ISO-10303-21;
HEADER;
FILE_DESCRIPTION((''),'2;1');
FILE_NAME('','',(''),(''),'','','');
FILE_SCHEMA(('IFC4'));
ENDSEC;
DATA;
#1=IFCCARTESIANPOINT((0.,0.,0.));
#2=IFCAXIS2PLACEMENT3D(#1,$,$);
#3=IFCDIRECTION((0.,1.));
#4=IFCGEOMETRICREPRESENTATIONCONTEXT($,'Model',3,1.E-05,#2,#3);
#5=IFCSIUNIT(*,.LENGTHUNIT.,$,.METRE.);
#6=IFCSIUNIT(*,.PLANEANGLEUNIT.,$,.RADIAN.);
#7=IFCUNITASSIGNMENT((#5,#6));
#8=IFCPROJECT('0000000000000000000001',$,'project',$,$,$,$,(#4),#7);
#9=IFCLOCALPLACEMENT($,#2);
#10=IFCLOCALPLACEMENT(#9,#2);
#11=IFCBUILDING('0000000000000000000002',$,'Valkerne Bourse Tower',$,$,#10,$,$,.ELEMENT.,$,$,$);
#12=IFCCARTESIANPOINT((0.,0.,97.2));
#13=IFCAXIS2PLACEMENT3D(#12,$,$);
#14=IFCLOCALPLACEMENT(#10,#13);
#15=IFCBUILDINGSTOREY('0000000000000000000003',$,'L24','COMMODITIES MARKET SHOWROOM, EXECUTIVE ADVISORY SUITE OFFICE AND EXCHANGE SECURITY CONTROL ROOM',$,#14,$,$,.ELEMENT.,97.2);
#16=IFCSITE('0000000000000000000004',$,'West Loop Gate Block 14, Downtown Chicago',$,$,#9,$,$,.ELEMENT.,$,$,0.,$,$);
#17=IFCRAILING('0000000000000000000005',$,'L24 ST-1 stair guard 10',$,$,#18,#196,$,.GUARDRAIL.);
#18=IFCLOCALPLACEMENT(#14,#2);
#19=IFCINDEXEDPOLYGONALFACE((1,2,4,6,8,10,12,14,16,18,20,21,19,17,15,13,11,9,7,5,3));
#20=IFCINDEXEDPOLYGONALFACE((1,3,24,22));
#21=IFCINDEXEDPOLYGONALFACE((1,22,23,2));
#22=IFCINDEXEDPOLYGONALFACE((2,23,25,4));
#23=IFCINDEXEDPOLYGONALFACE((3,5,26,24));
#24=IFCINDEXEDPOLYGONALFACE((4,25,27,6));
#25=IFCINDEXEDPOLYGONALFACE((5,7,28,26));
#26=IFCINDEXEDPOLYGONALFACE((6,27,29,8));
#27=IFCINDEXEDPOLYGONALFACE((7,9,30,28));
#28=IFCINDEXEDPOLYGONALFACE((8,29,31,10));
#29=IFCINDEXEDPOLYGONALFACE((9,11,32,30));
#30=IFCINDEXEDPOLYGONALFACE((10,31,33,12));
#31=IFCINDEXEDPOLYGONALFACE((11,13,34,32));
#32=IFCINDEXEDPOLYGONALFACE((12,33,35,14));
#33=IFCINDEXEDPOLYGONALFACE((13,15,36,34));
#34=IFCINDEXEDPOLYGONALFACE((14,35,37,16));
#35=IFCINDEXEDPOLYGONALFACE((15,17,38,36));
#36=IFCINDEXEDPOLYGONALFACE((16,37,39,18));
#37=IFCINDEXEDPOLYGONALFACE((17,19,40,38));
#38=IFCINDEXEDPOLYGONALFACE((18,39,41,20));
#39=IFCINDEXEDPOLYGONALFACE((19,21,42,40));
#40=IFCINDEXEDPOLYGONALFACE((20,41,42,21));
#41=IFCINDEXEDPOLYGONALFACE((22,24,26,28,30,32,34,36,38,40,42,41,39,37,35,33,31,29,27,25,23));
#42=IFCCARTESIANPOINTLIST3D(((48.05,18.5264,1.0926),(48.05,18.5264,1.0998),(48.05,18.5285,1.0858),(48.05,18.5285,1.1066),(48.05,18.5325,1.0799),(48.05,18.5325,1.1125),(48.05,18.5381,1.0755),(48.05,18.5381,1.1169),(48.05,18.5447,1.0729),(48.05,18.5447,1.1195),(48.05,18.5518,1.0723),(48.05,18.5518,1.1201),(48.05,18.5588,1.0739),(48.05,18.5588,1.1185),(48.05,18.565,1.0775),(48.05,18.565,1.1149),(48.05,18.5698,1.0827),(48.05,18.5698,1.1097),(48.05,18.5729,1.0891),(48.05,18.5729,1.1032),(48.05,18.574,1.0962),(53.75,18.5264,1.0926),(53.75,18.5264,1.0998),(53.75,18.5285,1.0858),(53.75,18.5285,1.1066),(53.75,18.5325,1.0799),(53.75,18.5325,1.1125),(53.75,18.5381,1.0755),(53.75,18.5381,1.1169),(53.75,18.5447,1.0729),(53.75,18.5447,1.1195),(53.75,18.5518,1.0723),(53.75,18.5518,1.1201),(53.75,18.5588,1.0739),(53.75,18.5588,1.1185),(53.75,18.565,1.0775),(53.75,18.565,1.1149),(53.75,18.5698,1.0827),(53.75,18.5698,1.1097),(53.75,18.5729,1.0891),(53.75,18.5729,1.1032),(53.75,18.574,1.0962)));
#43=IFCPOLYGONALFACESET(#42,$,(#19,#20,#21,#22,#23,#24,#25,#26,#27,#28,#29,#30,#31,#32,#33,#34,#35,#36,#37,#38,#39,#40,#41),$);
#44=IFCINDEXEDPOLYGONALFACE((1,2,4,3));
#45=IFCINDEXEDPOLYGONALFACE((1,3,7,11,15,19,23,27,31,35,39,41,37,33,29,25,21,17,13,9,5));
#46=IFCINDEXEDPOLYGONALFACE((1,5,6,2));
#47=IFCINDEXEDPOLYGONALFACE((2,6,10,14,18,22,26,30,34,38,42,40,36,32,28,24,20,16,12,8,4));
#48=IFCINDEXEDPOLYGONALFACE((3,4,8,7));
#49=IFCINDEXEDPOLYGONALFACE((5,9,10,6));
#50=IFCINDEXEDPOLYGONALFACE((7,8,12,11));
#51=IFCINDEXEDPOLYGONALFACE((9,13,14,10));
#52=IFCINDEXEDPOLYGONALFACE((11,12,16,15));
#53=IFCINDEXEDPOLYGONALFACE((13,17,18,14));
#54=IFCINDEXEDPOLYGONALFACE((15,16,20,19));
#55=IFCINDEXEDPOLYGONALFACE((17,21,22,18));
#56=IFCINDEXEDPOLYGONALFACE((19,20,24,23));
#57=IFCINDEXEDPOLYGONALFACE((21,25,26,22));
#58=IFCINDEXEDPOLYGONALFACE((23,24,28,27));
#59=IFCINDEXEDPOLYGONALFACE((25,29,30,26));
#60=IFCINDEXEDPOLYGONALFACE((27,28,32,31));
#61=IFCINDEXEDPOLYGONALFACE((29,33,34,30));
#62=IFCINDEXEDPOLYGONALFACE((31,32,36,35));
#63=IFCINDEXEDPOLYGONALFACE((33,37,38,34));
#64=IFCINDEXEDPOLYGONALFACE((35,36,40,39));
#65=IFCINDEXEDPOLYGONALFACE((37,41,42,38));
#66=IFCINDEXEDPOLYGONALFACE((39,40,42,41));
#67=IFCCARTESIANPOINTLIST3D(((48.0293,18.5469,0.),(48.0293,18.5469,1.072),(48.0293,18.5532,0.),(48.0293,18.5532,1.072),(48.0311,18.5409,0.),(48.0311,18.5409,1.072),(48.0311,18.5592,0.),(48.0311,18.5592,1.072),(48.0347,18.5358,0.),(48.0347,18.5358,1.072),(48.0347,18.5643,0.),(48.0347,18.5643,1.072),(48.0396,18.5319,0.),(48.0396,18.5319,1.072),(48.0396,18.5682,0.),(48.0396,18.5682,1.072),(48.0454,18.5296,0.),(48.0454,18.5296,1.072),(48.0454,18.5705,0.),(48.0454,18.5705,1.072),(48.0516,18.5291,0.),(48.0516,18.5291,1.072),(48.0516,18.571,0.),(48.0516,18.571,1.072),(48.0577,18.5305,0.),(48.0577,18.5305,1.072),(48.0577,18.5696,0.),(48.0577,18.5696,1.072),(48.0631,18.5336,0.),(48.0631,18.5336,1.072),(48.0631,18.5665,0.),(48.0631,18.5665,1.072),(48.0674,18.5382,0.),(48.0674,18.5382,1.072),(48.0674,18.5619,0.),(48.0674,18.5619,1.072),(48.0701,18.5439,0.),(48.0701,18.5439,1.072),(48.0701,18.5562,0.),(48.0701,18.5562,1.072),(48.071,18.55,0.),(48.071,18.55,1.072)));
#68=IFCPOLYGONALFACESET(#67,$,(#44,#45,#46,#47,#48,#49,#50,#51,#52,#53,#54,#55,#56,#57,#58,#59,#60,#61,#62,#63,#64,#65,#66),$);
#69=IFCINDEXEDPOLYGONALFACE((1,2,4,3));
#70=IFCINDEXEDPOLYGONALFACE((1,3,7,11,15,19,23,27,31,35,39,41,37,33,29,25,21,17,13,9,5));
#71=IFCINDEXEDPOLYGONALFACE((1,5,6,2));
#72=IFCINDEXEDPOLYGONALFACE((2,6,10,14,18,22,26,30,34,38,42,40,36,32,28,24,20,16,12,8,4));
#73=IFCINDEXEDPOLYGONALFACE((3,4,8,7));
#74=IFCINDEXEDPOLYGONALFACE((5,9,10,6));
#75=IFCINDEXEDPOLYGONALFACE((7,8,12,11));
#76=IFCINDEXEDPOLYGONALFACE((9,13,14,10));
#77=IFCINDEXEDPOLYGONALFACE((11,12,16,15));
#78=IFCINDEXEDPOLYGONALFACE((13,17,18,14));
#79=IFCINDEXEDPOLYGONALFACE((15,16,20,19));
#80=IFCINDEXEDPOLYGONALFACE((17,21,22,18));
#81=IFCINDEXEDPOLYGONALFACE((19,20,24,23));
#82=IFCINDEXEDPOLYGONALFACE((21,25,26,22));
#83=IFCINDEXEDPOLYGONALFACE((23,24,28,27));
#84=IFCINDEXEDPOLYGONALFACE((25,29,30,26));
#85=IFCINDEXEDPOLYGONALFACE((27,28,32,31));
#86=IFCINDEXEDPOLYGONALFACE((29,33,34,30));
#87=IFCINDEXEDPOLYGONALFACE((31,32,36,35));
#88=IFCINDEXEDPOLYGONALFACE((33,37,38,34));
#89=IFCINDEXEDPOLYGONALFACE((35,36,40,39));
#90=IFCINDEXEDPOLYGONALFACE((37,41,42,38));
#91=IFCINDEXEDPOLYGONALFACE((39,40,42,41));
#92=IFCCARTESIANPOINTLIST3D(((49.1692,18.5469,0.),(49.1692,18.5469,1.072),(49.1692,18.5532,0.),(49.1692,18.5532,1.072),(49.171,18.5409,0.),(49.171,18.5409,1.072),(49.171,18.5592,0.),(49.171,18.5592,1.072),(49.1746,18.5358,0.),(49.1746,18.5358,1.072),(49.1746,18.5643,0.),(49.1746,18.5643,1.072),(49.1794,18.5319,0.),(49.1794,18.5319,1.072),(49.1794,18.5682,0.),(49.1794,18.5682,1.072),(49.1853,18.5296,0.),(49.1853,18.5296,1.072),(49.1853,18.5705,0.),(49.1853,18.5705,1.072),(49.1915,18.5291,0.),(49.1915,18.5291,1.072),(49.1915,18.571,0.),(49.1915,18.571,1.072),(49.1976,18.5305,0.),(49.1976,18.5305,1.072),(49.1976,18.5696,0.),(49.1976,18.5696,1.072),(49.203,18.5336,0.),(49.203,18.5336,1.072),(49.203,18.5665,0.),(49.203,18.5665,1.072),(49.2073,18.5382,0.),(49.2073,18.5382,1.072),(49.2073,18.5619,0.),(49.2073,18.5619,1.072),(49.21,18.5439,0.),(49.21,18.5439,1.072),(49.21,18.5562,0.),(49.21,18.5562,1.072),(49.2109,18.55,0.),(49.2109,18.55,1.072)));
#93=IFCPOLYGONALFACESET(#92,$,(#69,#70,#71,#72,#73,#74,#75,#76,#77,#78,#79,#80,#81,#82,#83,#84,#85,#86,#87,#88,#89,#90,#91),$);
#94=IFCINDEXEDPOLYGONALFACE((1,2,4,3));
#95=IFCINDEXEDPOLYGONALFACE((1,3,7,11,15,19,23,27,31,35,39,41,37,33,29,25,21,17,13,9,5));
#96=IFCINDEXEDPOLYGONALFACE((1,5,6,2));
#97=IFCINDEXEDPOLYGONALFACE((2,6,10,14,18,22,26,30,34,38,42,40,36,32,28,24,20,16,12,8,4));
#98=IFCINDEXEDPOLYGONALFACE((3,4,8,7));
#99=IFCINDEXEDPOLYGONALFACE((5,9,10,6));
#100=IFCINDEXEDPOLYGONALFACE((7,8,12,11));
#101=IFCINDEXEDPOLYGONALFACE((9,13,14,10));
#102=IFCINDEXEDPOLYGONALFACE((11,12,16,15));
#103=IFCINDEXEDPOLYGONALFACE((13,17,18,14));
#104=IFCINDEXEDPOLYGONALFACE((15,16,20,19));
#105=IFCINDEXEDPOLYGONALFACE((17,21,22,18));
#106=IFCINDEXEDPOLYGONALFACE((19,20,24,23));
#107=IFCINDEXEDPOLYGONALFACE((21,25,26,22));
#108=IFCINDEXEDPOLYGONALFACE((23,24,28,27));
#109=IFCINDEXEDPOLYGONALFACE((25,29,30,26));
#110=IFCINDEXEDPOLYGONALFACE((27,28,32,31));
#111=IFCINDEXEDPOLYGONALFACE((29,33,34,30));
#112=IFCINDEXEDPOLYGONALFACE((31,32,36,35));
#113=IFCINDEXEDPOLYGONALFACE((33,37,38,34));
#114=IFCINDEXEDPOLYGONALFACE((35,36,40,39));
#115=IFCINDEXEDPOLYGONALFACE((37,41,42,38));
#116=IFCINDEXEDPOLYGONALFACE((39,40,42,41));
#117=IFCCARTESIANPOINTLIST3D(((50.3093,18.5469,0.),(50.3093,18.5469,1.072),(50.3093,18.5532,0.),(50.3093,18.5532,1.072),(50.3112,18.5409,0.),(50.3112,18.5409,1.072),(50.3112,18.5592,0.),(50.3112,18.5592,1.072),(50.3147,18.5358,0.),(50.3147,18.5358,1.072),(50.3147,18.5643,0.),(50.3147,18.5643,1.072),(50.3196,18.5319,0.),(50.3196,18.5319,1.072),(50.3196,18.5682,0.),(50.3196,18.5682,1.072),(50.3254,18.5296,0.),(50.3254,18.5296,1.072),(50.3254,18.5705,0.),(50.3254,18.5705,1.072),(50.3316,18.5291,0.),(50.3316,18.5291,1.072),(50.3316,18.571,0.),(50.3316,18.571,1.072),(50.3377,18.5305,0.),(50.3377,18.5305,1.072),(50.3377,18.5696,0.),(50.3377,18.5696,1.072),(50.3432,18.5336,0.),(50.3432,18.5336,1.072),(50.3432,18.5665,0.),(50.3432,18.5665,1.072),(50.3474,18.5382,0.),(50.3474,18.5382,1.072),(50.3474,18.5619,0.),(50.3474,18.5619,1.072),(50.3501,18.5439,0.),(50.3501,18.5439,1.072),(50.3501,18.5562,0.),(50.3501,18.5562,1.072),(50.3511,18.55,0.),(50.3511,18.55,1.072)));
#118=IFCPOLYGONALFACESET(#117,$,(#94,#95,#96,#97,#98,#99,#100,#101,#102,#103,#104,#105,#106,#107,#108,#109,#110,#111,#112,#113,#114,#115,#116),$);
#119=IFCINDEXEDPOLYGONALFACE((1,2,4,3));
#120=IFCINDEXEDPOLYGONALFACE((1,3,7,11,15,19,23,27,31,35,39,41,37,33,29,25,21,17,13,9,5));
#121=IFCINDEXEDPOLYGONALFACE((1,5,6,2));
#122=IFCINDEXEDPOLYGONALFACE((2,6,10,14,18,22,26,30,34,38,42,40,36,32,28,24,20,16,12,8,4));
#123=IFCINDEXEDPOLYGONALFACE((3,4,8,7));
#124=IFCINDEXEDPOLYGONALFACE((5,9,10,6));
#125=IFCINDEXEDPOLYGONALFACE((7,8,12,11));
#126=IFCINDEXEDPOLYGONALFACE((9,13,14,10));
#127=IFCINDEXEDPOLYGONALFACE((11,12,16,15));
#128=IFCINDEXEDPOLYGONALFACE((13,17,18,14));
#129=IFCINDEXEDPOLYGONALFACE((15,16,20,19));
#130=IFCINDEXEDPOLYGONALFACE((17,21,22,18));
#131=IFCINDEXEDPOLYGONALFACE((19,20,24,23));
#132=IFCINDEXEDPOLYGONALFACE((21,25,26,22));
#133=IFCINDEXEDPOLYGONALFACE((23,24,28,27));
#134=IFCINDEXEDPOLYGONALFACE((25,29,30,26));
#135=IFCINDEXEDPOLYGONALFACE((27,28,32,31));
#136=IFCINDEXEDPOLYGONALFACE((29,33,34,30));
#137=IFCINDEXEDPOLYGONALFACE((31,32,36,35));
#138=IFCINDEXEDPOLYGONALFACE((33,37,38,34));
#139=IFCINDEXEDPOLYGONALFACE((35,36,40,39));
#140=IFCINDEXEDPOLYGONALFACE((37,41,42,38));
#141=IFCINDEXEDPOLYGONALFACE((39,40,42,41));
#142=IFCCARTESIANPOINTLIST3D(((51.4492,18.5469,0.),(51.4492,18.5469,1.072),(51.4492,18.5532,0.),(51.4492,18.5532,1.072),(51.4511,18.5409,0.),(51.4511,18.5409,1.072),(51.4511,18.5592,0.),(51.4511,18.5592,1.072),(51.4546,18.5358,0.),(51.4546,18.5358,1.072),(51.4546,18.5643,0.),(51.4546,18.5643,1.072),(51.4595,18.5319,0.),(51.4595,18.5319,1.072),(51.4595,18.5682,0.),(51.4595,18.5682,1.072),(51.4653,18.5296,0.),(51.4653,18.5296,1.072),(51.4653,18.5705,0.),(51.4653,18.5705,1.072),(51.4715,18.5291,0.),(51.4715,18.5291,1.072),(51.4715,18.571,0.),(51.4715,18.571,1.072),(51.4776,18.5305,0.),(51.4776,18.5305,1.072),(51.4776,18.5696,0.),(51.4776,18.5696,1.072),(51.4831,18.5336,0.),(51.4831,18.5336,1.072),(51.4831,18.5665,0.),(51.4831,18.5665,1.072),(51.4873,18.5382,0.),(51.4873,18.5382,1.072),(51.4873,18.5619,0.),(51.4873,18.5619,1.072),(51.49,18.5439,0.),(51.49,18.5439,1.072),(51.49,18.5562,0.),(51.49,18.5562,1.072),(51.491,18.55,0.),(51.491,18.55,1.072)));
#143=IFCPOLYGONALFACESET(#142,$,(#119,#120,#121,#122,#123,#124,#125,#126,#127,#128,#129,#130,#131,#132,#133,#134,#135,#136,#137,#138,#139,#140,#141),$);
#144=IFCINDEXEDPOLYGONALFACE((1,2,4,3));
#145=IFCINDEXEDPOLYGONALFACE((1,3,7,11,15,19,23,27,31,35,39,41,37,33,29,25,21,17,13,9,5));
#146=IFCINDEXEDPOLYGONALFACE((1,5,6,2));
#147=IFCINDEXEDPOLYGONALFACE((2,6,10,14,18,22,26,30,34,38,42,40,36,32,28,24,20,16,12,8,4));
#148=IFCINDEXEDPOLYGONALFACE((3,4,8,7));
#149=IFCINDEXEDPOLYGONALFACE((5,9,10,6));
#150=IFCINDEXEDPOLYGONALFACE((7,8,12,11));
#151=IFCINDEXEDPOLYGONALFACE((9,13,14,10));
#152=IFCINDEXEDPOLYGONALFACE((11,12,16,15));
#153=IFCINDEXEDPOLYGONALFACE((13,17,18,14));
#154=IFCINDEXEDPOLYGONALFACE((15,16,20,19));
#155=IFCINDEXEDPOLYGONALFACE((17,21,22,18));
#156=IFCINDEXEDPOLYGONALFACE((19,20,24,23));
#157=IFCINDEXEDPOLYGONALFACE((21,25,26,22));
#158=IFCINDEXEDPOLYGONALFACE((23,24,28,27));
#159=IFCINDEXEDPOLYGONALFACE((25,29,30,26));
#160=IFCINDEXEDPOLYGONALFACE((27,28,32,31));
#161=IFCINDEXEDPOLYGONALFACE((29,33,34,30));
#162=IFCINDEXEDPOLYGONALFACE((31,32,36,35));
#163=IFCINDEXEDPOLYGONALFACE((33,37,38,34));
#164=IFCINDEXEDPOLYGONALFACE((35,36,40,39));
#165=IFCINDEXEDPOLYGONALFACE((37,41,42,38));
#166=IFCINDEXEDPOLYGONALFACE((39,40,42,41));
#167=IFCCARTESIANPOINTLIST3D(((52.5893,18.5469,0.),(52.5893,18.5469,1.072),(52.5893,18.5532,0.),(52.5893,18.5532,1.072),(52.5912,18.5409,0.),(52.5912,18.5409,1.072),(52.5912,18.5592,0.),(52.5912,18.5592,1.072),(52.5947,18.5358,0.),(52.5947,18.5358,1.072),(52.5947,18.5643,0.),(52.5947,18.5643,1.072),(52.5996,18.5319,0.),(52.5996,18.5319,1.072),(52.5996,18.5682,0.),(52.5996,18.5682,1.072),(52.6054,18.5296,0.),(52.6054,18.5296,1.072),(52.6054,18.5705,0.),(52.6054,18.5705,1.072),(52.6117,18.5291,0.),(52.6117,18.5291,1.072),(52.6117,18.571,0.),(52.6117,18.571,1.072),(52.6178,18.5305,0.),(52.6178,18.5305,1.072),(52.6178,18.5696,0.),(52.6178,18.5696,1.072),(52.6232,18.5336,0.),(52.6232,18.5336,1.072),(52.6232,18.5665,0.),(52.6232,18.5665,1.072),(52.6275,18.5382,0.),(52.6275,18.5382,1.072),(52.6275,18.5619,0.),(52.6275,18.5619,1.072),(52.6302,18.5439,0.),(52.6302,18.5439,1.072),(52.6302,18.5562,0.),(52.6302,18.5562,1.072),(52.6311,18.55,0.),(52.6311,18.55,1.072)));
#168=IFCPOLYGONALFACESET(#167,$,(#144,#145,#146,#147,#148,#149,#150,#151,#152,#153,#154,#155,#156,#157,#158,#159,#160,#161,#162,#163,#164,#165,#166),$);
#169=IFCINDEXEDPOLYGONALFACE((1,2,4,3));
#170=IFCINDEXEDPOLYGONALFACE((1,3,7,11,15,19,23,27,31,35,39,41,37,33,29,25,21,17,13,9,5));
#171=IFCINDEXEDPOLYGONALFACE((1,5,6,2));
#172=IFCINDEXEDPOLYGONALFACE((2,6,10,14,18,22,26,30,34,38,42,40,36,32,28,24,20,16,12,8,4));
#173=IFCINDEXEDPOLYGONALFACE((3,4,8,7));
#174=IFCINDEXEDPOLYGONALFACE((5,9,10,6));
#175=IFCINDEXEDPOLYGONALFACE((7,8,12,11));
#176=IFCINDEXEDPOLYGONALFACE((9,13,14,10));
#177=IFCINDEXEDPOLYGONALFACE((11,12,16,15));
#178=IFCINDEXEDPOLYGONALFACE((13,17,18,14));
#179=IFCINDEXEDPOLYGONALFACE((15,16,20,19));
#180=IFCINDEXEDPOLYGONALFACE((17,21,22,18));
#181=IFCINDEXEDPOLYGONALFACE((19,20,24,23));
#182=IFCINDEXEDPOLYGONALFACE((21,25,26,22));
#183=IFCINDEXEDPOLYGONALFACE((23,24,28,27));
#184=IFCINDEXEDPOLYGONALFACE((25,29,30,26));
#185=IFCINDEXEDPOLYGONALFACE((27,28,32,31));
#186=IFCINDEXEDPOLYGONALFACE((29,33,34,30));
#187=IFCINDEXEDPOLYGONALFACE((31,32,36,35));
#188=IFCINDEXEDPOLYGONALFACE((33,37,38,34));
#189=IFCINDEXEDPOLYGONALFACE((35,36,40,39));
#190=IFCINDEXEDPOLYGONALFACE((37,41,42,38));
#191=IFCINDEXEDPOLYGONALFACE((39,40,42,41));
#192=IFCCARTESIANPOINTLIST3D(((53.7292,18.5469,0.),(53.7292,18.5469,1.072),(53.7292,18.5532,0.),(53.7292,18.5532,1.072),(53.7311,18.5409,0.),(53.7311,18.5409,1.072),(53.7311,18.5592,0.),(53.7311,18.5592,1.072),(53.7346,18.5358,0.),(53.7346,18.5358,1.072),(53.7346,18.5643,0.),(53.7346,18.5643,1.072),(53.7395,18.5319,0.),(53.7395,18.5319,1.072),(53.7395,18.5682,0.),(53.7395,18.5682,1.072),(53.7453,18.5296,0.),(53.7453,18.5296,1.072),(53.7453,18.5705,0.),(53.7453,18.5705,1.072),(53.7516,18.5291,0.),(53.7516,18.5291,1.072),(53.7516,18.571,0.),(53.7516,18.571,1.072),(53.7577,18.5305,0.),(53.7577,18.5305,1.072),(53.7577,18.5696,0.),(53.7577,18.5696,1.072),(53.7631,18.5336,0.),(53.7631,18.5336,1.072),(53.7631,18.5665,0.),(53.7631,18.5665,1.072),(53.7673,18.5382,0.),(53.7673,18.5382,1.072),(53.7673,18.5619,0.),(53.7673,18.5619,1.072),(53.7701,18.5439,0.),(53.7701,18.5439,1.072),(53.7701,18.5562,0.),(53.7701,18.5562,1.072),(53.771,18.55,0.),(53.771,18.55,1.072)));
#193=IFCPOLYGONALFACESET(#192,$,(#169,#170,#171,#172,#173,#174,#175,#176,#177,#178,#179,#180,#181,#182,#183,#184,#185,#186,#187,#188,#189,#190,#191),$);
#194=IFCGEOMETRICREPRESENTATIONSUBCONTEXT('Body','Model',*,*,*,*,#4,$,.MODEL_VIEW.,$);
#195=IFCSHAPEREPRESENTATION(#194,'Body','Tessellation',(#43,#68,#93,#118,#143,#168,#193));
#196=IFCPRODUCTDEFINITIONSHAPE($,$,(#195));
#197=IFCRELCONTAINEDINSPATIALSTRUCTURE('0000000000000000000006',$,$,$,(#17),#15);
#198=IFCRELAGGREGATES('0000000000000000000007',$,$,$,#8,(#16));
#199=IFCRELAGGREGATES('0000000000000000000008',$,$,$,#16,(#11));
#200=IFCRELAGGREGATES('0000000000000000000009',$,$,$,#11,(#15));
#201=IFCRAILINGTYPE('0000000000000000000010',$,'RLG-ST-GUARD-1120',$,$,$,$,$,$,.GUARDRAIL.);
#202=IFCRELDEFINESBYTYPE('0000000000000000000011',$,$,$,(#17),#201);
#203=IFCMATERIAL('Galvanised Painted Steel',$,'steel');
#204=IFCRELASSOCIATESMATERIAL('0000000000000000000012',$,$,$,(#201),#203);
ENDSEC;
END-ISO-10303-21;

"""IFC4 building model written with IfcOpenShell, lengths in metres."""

from ifc_helpers import new_model, si_unit, direction, frame, origin, origin_2d, place, context, subcontext, project, spatial, circle, extrude, material, type_object, element, save


model = new_model("IFC4")

# Units and contexts
model_context = context("Model", 3, precision=1e-05, world=origin(), true_north=direction((0.0, 1.0)))
body_context = subcontext(model_context, "Body", "Model", "MODEL_VIEW")
ifc_project = project(units=[si_unit("LENGTHUNIT", "METRE"), si_unit("PLANEANGLEUNIT", "RADIAN")], contexts=[model_context])

# Site, building, storey
site_placement = place(None, origin())
site = spatial("IfcSite", under=ifc_project, at=site_placement, Name="West Loop Gate Block 14, Downtown Chicago", CompositionType="ELEMENT", RefElevation=0.0)
building_placement = place(site_placement, origin())
building = spatial("IfcBuilding", under=site, at=building_placement, Name="Valkerne Bourse Tower", CompositionType="ELEMENT")
storey_placement = place(building_placement, frame((0.0, 0.0, 97.2)))
storey = spatial("IfcBuildingStorey", under=building, at=storey_placement, Name="L24", Description="COMMODITIES MARKET SHOWROOM, EXECUTIVE ADVISORY SUITE OFFICE AND EXCHANGE SECURITY CONTROL ROOM", CompositionType="ELEMENT", Elevation=97.2)

# Railing
ifc_material_1 = material(Name="Galvanised Painted Steel", Category="steel")
railing_type = type_object("IfcRailingType", Name="RLG-ST-GUARD-1120", PredefinedType="GUARDRAIL", material=ifc_material_1)
railing_placement = place(storey_placement, frame((48.05, 18.55, 0.0)))
element("IfcRailing", 1, at=railing_placement, inside=storey, type_object=railing_type, Name="L24 ST-1 stair guard 10", PredefinedType="GUARDRAIL", context=body_context, shape_type="SweptSolid", body=[
    extrude(circle(Radius=0.0239, at=origin_2d()), frame((0.0, 0.0, 1.0962), z_axis=(1.0, 0.0, 0.0), x_axis=(0.0, 1.0, 0.0)), (0.0, 0.0, 1.0), 5.7),
    extrude(circle(Radius=0.021, at=origin_2d()), origin(), (0.0, 0.0, 1.0), 1.072),
    extrude(circle(Radius=0.021, at=origin_2d()), frame((1.1399, 0.0, 0.0)), (0.0, 0.0, 1.0), 1.072),
    extrude(circle(Radius=0.021, at=origin_2d()), frame((2.28, 0.0, 0.0)), (0.0, 0.0, 1.0), 1.072),
    extrude(circle(Radius=0.021, at=origin_2d()), frame((3.4199, 0.0, 0.0)), (0.0, 0.0, 1.0), 1.072),
    extrude(circle(Radius=0.021, at=origin_2d()), frame((4.5601, 0.0, 0.0)), (0.0, 0.0, 1.0), 1.072),
    extrude(circle(Radius=0.021, at=origin_2d()), frame((5.7, 0.0, 0.0)), (0.0, 0.0, 1.0), 1.072),
])

save(model, "model.ifc")
